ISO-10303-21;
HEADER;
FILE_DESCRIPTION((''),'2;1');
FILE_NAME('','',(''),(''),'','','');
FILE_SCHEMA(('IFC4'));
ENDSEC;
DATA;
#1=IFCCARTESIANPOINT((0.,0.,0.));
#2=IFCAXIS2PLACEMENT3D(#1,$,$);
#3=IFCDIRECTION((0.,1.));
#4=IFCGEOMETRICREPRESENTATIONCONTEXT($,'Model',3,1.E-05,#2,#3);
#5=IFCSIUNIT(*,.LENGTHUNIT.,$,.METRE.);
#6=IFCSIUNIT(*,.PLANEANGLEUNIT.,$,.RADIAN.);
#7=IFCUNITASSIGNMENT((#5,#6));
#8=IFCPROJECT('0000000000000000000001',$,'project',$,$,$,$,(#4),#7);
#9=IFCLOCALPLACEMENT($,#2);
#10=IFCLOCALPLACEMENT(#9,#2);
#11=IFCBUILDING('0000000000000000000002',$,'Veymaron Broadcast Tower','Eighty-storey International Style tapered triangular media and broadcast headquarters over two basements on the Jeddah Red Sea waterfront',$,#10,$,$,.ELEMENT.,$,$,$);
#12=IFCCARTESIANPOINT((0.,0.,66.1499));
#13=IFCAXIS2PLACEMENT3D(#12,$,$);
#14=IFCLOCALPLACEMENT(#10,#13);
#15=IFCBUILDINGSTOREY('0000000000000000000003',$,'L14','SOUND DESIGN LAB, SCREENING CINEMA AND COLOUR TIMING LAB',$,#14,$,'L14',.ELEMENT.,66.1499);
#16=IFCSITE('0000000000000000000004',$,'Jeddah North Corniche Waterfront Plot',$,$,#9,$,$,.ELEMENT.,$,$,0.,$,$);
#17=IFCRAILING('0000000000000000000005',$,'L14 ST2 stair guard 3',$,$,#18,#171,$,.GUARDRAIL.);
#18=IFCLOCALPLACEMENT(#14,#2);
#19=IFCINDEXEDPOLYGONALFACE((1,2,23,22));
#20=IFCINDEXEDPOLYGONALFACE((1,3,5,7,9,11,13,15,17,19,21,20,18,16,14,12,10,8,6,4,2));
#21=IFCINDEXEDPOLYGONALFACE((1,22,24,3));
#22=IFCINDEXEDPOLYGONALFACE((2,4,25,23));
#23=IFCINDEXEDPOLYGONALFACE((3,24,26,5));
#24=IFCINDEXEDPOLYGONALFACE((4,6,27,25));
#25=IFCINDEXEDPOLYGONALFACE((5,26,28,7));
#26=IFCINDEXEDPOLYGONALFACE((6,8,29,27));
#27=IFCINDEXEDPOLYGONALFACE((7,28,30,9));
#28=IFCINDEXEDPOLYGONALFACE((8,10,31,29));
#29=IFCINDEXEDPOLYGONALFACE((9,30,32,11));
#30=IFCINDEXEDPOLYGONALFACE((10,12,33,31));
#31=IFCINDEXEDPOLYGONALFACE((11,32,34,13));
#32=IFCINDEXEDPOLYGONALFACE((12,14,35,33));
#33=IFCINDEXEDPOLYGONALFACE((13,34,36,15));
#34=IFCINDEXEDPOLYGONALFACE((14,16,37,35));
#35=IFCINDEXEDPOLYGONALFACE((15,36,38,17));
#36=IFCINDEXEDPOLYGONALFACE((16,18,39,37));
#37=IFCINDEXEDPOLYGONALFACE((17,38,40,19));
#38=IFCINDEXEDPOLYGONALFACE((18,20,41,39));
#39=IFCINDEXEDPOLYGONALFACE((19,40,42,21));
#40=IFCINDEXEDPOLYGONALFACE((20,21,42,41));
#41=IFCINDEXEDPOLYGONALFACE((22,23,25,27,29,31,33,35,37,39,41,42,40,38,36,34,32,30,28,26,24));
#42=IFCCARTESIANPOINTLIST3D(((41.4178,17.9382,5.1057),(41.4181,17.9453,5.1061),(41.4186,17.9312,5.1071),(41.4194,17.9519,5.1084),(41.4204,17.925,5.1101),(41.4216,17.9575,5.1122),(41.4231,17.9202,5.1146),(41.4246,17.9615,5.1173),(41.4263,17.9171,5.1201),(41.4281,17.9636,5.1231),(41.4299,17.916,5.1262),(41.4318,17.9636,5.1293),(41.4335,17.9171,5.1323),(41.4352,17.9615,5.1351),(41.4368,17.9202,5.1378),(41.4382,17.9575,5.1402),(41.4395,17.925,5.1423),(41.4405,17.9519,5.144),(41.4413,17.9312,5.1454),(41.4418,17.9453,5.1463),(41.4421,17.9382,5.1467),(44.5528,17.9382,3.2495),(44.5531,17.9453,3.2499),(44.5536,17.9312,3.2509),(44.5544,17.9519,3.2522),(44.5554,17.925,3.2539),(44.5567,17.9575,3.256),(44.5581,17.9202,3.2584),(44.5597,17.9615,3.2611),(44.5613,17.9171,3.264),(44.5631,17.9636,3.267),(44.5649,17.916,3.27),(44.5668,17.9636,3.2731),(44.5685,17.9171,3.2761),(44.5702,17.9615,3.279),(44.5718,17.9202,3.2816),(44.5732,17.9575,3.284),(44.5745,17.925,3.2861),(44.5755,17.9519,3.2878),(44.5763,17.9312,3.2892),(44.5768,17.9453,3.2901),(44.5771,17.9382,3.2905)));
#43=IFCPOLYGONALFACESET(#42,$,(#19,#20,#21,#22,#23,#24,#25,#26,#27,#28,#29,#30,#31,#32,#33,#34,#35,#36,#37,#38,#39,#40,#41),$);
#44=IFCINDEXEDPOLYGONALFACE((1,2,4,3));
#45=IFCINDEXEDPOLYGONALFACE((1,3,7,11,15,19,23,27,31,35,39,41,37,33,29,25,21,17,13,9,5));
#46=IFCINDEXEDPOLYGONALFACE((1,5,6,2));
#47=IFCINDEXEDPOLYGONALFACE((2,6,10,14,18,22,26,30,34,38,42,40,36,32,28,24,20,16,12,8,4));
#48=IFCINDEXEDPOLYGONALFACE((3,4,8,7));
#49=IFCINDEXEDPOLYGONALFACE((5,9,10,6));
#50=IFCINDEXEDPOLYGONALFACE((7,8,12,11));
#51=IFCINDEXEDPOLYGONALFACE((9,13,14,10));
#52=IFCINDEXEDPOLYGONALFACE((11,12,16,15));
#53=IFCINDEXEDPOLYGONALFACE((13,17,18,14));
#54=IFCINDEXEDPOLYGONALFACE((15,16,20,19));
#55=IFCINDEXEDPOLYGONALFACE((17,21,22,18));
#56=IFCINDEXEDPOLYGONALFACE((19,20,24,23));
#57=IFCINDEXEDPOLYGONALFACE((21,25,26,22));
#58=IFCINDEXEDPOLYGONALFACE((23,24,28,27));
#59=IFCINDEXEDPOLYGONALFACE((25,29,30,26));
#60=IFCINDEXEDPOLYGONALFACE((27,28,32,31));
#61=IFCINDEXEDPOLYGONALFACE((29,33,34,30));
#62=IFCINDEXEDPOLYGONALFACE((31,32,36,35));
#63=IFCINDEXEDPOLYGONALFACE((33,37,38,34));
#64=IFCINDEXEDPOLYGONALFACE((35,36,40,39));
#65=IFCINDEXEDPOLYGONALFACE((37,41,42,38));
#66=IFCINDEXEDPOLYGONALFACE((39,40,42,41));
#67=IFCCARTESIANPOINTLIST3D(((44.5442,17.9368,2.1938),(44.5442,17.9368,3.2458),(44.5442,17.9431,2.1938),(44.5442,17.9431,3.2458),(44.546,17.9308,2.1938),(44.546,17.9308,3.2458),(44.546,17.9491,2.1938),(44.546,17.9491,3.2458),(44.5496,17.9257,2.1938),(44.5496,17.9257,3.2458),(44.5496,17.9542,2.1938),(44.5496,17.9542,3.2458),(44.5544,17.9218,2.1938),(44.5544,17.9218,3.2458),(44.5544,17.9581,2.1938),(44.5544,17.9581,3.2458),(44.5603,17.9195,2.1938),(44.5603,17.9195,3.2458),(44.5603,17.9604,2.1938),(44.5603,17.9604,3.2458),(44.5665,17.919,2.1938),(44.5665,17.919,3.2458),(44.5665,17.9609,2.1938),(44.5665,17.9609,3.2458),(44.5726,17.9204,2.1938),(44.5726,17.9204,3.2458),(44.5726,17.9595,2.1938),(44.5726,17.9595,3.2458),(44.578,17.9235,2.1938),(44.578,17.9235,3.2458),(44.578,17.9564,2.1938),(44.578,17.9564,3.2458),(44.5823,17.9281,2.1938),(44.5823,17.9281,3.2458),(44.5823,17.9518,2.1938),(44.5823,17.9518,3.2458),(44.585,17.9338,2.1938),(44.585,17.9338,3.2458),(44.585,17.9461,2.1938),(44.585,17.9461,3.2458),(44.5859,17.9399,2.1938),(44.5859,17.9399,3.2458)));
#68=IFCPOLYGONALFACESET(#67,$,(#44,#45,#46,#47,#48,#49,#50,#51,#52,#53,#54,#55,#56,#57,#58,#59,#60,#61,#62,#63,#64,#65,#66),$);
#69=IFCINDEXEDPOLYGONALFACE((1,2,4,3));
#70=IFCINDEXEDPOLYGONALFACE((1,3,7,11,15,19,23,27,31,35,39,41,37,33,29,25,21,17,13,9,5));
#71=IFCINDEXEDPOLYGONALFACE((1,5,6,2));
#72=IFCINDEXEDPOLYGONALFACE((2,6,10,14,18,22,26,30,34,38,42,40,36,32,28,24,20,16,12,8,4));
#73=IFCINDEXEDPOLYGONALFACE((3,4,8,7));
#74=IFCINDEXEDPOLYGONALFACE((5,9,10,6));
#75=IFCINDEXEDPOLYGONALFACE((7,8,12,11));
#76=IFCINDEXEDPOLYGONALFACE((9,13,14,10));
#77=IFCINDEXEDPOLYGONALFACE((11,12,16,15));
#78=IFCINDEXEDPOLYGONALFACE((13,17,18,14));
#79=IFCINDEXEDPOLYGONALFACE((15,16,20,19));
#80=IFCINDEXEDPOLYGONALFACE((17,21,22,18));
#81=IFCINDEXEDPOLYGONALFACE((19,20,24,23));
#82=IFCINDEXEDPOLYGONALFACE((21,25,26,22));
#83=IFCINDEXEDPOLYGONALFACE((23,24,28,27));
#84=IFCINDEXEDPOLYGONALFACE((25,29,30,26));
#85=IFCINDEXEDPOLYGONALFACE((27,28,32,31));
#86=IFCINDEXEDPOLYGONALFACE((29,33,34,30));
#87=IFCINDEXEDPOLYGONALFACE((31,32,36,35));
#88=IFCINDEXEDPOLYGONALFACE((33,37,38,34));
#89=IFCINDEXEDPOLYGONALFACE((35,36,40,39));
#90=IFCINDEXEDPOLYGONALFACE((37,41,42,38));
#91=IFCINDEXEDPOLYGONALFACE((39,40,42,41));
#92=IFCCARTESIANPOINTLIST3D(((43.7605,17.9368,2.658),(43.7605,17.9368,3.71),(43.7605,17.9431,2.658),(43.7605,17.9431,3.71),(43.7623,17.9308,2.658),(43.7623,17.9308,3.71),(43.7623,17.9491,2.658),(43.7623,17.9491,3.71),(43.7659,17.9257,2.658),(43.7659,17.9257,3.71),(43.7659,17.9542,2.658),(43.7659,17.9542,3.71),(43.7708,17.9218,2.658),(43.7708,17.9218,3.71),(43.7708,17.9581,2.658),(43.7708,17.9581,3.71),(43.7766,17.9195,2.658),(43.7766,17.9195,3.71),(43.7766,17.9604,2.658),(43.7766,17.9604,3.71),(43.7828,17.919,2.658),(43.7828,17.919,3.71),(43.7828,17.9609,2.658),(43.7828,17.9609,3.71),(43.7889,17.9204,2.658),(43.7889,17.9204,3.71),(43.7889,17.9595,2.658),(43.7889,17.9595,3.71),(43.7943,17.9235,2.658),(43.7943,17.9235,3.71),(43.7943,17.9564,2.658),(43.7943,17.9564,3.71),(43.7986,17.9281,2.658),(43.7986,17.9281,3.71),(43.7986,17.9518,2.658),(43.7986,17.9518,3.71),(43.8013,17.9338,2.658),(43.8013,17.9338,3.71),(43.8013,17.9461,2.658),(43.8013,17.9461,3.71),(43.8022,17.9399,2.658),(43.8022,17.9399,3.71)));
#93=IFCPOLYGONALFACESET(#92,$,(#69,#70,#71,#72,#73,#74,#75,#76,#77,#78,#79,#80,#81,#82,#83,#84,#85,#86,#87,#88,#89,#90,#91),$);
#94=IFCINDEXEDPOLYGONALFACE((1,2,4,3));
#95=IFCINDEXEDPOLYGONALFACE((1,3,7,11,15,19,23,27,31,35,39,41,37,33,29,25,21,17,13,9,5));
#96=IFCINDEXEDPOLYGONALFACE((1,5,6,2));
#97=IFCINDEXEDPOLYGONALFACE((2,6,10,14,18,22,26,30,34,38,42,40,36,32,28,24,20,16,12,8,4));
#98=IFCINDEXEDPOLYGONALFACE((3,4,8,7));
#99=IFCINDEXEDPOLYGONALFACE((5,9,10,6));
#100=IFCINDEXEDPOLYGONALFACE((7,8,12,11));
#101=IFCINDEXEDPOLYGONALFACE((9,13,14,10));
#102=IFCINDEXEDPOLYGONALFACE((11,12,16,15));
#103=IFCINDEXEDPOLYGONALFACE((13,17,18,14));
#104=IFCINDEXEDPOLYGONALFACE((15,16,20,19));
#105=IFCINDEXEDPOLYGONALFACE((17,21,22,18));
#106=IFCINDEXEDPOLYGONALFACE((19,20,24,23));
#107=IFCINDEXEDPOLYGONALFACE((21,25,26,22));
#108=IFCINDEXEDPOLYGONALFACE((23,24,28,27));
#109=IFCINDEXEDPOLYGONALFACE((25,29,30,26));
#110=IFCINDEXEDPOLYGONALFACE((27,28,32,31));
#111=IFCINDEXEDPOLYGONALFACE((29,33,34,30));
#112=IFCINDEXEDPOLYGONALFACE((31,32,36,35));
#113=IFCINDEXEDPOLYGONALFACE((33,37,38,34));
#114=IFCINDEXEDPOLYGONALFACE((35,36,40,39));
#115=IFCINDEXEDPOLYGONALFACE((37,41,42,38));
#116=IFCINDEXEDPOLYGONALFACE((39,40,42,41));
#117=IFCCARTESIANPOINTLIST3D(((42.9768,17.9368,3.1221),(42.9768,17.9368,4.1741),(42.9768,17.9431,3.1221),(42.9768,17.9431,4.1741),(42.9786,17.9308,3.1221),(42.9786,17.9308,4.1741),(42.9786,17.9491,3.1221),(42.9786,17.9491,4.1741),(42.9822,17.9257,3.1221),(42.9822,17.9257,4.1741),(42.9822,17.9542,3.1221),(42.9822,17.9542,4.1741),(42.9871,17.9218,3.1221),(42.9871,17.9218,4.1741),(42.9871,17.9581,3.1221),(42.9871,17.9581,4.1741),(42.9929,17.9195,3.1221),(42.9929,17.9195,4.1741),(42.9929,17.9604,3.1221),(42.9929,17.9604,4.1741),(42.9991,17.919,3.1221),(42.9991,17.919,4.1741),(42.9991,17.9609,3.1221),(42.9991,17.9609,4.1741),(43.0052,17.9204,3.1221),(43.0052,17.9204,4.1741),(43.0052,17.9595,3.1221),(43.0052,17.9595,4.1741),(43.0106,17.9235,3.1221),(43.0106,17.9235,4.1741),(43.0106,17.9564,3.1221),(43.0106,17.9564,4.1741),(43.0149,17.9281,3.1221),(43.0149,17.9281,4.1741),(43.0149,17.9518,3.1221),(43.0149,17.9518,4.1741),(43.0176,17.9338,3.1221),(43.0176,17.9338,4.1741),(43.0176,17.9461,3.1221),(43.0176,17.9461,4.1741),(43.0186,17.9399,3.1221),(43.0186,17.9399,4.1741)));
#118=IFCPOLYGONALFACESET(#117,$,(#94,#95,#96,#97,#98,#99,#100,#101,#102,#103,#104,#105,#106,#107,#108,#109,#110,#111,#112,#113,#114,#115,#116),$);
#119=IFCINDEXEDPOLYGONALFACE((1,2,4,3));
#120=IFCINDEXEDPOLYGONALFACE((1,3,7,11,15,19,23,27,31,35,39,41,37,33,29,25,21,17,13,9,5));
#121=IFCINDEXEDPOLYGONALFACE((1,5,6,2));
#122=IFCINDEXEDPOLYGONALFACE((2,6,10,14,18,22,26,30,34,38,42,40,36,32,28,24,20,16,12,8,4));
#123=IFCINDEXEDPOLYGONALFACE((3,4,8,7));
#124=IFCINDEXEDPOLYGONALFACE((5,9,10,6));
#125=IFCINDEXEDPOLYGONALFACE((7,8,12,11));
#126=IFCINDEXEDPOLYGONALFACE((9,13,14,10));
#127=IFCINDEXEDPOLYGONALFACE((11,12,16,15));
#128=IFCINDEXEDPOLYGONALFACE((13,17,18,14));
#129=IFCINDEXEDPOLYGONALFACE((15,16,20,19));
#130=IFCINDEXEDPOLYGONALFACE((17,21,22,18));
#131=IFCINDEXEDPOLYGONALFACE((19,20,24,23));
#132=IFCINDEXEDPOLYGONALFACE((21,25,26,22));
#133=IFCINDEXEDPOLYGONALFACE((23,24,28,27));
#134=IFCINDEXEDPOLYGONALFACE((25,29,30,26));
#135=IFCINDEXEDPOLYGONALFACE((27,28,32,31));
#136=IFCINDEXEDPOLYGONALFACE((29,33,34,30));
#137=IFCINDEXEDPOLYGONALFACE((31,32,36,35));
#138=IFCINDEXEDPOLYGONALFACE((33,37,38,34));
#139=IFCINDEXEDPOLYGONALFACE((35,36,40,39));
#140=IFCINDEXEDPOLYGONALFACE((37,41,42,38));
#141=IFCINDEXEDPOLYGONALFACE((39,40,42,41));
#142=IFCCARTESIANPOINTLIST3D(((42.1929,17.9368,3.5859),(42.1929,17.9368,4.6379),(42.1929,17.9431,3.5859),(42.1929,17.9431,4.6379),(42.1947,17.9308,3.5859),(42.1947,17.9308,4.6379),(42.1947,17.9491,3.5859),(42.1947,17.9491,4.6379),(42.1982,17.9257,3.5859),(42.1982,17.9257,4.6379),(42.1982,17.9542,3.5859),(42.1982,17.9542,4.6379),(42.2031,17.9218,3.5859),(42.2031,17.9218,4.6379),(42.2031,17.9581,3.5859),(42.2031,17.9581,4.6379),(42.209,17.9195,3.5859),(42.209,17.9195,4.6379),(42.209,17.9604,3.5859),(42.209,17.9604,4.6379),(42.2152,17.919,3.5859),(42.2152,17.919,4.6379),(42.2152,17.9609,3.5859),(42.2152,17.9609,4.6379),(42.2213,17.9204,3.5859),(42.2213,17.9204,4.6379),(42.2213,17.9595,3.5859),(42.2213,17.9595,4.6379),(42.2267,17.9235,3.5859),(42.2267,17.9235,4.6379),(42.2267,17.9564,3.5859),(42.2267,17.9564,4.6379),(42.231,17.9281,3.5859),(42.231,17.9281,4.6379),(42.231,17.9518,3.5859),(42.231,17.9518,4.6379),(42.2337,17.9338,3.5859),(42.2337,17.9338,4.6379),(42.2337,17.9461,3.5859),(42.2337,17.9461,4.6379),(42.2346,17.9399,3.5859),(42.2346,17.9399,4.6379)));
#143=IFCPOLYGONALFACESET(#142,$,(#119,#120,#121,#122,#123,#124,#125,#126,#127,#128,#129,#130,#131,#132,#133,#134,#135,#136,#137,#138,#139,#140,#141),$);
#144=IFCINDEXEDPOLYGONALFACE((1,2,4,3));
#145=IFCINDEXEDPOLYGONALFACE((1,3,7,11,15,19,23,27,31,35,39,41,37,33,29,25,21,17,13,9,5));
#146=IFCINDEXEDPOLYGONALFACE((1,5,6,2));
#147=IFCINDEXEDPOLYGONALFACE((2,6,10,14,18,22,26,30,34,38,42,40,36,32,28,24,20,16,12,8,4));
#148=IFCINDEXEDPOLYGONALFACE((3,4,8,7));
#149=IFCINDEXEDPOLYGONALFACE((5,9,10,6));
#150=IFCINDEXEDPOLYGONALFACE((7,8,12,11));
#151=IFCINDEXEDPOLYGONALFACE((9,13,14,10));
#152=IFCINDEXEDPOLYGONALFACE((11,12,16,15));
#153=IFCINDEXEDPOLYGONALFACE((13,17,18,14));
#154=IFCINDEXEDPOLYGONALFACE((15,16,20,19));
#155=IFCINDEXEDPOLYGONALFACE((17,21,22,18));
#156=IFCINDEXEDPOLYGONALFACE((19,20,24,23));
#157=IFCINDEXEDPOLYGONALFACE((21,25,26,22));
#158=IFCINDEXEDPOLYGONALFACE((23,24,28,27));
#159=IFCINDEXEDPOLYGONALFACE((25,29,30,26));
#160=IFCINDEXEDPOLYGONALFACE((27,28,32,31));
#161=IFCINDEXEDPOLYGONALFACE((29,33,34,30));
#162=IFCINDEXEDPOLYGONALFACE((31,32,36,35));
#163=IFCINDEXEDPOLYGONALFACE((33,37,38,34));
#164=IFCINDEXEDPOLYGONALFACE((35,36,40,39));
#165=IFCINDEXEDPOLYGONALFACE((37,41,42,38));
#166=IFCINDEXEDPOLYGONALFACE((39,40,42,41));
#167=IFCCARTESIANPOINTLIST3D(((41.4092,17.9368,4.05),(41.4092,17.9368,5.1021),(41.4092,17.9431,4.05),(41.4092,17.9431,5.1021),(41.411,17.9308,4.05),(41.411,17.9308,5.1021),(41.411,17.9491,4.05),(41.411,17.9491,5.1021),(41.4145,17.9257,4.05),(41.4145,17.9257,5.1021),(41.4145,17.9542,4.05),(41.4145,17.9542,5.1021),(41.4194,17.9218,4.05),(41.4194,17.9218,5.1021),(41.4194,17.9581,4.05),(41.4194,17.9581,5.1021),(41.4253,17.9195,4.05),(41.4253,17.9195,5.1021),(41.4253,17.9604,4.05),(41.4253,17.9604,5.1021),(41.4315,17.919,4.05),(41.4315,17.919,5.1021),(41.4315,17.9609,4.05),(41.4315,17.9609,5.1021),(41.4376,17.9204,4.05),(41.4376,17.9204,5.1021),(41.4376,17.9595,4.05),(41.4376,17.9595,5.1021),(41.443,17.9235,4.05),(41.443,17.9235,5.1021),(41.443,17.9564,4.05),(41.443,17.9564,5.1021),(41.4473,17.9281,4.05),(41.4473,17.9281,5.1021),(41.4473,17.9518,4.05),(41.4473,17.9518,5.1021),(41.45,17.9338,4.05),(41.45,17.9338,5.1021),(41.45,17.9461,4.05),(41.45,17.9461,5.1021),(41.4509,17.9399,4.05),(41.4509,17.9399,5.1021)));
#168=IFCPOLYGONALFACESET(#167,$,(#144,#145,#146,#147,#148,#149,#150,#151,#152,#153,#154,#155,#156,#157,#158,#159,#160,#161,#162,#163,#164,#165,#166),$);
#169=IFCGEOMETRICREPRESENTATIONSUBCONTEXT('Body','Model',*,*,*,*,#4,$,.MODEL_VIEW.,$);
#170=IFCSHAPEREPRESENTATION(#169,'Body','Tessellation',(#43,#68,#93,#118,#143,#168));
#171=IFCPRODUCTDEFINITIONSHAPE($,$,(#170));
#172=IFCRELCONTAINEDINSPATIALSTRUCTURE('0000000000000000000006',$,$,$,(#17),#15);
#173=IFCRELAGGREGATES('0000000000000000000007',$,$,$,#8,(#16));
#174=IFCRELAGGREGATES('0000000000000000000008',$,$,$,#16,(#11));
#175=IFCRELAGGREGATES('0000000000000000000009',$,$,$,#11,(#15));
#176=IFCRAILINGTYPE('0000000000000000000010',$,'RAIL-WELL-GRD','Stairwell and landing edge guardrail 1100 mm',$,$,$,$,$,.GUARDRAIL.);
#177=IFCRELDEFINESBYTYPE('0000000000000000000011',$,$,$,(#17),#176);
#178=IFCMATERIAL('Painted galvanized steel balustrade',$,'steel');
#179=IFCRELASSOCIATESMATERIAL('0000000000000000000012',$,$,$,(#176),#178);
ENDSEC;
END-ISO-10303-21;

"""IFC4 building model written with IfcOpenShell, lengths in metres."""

from ifc_helpers import new_model, si_unit, direction, frame, origin, origin_2d, place, context, subcontext, project, spatial, circle, extrude, material, type_object, element, save


model = new_model("IFC4")

# Units and contexts
model_context = context("Model", 3, precision=1e-05, world=origin(), true_north=direction((0.0, 1.0)))
body_context = subcontext(model_context, "Body", "Model", "MODEL_VIEW")
ifc_project = project(units=[si_unit("LENGTHUNIT", "METRE"), si_unit("PLANEANGLEUNIT", "RADIAN")], contexts=[model_context])

# Site, building, storey
site_placement = place(None, origin())
site = spatial("IfcSite", under=ifc_project, at=site_placement, Name="Jeddah North Corniche Waterfront Plot", CompositionType="ELEMENT", RefElevation=0.0)
building_placement = place(site_placement, origin())
building = spatial("IfcBuilding", under=site, at=building_placement, Name="Veymaron Broadcast Tower", Description="Eighty-storey International Style tapered triangular media and broadcast headquarters over two basements on the Jeddah Red Sea waterfront", CompositionType="ELEMENT")
storey_placement = place(building_placement, frame((0.0, 0.0, 66.1499)))
storey = spatial("IfcBuildingStorey", under=building, at=storey_placement, Name="L14", Description="SOUND DESIGN LAB, SCREENING CINEMA AND COLOUR TIMING LAB", LongName="L14", CompositionType="ELEMENT", Elevation=66.1499)

# Railing
ifc_material_1 = material(Name="Painted galvanized steel balustrade", Category="steel")
railing_type_1 = type_object("IfcRailingType", Name="RAIL-WELL-GRD", Description="Stairwell and landing edge guardrail 1100 mm", PredefinedType="GUARDRAIL", material=ifc_material_1)
railing_1_placement = place(storey_placement, frame((44.5649, 17.9399, 2.1938)))
element("IfcRailing", 1, at=railing_1_placement, inside=storey, type_object=railing_type_1, Name="L14 ST2 stair guard 3", PredefinedType="GUARDRAIL", context=body_context, shape_type="SweptSolid", body=[
    extrude(circle(Radius=0.0239, at=origin_2d()), frame((0.0, 0.0, 1.0762), z_axis=(-0.860482, 0.0, 0.509481), x_axis=(0.0, -1.0, 0.0)), (0.0, 0.0, 1.0), 3.6433),
    extrude(circle(Radius=0.021, at=origin_2d()), origin(), (0.0, 0.0, 1.0), 1.052),
    extrude(circle(Radius=0.021, at=origin_2d()), frame((-0.7837, 0.0, 0.4641)), (0.0, 0.0, 1.0), 1.052),
    extrude(circle(Radius=0.021, at=origin_2d()), frame((-1.5674, 0.0, 0.9282)), (0.0, 0.0, 1.0), 1.052),
    extrude(circle(Radius=0.021, at=origin_2d()), frame((-2.3513, 0.0, 1.3921)), (0.0, 0.0, 1.0), 1.052),
    extrude(circle(Radius=0.021, at=origin_2d()), frame((-3.135, 0.0, 1.8562)), (0.0, 0.0, 1.0), 1.052),
])

save(model, "model.ifc")
